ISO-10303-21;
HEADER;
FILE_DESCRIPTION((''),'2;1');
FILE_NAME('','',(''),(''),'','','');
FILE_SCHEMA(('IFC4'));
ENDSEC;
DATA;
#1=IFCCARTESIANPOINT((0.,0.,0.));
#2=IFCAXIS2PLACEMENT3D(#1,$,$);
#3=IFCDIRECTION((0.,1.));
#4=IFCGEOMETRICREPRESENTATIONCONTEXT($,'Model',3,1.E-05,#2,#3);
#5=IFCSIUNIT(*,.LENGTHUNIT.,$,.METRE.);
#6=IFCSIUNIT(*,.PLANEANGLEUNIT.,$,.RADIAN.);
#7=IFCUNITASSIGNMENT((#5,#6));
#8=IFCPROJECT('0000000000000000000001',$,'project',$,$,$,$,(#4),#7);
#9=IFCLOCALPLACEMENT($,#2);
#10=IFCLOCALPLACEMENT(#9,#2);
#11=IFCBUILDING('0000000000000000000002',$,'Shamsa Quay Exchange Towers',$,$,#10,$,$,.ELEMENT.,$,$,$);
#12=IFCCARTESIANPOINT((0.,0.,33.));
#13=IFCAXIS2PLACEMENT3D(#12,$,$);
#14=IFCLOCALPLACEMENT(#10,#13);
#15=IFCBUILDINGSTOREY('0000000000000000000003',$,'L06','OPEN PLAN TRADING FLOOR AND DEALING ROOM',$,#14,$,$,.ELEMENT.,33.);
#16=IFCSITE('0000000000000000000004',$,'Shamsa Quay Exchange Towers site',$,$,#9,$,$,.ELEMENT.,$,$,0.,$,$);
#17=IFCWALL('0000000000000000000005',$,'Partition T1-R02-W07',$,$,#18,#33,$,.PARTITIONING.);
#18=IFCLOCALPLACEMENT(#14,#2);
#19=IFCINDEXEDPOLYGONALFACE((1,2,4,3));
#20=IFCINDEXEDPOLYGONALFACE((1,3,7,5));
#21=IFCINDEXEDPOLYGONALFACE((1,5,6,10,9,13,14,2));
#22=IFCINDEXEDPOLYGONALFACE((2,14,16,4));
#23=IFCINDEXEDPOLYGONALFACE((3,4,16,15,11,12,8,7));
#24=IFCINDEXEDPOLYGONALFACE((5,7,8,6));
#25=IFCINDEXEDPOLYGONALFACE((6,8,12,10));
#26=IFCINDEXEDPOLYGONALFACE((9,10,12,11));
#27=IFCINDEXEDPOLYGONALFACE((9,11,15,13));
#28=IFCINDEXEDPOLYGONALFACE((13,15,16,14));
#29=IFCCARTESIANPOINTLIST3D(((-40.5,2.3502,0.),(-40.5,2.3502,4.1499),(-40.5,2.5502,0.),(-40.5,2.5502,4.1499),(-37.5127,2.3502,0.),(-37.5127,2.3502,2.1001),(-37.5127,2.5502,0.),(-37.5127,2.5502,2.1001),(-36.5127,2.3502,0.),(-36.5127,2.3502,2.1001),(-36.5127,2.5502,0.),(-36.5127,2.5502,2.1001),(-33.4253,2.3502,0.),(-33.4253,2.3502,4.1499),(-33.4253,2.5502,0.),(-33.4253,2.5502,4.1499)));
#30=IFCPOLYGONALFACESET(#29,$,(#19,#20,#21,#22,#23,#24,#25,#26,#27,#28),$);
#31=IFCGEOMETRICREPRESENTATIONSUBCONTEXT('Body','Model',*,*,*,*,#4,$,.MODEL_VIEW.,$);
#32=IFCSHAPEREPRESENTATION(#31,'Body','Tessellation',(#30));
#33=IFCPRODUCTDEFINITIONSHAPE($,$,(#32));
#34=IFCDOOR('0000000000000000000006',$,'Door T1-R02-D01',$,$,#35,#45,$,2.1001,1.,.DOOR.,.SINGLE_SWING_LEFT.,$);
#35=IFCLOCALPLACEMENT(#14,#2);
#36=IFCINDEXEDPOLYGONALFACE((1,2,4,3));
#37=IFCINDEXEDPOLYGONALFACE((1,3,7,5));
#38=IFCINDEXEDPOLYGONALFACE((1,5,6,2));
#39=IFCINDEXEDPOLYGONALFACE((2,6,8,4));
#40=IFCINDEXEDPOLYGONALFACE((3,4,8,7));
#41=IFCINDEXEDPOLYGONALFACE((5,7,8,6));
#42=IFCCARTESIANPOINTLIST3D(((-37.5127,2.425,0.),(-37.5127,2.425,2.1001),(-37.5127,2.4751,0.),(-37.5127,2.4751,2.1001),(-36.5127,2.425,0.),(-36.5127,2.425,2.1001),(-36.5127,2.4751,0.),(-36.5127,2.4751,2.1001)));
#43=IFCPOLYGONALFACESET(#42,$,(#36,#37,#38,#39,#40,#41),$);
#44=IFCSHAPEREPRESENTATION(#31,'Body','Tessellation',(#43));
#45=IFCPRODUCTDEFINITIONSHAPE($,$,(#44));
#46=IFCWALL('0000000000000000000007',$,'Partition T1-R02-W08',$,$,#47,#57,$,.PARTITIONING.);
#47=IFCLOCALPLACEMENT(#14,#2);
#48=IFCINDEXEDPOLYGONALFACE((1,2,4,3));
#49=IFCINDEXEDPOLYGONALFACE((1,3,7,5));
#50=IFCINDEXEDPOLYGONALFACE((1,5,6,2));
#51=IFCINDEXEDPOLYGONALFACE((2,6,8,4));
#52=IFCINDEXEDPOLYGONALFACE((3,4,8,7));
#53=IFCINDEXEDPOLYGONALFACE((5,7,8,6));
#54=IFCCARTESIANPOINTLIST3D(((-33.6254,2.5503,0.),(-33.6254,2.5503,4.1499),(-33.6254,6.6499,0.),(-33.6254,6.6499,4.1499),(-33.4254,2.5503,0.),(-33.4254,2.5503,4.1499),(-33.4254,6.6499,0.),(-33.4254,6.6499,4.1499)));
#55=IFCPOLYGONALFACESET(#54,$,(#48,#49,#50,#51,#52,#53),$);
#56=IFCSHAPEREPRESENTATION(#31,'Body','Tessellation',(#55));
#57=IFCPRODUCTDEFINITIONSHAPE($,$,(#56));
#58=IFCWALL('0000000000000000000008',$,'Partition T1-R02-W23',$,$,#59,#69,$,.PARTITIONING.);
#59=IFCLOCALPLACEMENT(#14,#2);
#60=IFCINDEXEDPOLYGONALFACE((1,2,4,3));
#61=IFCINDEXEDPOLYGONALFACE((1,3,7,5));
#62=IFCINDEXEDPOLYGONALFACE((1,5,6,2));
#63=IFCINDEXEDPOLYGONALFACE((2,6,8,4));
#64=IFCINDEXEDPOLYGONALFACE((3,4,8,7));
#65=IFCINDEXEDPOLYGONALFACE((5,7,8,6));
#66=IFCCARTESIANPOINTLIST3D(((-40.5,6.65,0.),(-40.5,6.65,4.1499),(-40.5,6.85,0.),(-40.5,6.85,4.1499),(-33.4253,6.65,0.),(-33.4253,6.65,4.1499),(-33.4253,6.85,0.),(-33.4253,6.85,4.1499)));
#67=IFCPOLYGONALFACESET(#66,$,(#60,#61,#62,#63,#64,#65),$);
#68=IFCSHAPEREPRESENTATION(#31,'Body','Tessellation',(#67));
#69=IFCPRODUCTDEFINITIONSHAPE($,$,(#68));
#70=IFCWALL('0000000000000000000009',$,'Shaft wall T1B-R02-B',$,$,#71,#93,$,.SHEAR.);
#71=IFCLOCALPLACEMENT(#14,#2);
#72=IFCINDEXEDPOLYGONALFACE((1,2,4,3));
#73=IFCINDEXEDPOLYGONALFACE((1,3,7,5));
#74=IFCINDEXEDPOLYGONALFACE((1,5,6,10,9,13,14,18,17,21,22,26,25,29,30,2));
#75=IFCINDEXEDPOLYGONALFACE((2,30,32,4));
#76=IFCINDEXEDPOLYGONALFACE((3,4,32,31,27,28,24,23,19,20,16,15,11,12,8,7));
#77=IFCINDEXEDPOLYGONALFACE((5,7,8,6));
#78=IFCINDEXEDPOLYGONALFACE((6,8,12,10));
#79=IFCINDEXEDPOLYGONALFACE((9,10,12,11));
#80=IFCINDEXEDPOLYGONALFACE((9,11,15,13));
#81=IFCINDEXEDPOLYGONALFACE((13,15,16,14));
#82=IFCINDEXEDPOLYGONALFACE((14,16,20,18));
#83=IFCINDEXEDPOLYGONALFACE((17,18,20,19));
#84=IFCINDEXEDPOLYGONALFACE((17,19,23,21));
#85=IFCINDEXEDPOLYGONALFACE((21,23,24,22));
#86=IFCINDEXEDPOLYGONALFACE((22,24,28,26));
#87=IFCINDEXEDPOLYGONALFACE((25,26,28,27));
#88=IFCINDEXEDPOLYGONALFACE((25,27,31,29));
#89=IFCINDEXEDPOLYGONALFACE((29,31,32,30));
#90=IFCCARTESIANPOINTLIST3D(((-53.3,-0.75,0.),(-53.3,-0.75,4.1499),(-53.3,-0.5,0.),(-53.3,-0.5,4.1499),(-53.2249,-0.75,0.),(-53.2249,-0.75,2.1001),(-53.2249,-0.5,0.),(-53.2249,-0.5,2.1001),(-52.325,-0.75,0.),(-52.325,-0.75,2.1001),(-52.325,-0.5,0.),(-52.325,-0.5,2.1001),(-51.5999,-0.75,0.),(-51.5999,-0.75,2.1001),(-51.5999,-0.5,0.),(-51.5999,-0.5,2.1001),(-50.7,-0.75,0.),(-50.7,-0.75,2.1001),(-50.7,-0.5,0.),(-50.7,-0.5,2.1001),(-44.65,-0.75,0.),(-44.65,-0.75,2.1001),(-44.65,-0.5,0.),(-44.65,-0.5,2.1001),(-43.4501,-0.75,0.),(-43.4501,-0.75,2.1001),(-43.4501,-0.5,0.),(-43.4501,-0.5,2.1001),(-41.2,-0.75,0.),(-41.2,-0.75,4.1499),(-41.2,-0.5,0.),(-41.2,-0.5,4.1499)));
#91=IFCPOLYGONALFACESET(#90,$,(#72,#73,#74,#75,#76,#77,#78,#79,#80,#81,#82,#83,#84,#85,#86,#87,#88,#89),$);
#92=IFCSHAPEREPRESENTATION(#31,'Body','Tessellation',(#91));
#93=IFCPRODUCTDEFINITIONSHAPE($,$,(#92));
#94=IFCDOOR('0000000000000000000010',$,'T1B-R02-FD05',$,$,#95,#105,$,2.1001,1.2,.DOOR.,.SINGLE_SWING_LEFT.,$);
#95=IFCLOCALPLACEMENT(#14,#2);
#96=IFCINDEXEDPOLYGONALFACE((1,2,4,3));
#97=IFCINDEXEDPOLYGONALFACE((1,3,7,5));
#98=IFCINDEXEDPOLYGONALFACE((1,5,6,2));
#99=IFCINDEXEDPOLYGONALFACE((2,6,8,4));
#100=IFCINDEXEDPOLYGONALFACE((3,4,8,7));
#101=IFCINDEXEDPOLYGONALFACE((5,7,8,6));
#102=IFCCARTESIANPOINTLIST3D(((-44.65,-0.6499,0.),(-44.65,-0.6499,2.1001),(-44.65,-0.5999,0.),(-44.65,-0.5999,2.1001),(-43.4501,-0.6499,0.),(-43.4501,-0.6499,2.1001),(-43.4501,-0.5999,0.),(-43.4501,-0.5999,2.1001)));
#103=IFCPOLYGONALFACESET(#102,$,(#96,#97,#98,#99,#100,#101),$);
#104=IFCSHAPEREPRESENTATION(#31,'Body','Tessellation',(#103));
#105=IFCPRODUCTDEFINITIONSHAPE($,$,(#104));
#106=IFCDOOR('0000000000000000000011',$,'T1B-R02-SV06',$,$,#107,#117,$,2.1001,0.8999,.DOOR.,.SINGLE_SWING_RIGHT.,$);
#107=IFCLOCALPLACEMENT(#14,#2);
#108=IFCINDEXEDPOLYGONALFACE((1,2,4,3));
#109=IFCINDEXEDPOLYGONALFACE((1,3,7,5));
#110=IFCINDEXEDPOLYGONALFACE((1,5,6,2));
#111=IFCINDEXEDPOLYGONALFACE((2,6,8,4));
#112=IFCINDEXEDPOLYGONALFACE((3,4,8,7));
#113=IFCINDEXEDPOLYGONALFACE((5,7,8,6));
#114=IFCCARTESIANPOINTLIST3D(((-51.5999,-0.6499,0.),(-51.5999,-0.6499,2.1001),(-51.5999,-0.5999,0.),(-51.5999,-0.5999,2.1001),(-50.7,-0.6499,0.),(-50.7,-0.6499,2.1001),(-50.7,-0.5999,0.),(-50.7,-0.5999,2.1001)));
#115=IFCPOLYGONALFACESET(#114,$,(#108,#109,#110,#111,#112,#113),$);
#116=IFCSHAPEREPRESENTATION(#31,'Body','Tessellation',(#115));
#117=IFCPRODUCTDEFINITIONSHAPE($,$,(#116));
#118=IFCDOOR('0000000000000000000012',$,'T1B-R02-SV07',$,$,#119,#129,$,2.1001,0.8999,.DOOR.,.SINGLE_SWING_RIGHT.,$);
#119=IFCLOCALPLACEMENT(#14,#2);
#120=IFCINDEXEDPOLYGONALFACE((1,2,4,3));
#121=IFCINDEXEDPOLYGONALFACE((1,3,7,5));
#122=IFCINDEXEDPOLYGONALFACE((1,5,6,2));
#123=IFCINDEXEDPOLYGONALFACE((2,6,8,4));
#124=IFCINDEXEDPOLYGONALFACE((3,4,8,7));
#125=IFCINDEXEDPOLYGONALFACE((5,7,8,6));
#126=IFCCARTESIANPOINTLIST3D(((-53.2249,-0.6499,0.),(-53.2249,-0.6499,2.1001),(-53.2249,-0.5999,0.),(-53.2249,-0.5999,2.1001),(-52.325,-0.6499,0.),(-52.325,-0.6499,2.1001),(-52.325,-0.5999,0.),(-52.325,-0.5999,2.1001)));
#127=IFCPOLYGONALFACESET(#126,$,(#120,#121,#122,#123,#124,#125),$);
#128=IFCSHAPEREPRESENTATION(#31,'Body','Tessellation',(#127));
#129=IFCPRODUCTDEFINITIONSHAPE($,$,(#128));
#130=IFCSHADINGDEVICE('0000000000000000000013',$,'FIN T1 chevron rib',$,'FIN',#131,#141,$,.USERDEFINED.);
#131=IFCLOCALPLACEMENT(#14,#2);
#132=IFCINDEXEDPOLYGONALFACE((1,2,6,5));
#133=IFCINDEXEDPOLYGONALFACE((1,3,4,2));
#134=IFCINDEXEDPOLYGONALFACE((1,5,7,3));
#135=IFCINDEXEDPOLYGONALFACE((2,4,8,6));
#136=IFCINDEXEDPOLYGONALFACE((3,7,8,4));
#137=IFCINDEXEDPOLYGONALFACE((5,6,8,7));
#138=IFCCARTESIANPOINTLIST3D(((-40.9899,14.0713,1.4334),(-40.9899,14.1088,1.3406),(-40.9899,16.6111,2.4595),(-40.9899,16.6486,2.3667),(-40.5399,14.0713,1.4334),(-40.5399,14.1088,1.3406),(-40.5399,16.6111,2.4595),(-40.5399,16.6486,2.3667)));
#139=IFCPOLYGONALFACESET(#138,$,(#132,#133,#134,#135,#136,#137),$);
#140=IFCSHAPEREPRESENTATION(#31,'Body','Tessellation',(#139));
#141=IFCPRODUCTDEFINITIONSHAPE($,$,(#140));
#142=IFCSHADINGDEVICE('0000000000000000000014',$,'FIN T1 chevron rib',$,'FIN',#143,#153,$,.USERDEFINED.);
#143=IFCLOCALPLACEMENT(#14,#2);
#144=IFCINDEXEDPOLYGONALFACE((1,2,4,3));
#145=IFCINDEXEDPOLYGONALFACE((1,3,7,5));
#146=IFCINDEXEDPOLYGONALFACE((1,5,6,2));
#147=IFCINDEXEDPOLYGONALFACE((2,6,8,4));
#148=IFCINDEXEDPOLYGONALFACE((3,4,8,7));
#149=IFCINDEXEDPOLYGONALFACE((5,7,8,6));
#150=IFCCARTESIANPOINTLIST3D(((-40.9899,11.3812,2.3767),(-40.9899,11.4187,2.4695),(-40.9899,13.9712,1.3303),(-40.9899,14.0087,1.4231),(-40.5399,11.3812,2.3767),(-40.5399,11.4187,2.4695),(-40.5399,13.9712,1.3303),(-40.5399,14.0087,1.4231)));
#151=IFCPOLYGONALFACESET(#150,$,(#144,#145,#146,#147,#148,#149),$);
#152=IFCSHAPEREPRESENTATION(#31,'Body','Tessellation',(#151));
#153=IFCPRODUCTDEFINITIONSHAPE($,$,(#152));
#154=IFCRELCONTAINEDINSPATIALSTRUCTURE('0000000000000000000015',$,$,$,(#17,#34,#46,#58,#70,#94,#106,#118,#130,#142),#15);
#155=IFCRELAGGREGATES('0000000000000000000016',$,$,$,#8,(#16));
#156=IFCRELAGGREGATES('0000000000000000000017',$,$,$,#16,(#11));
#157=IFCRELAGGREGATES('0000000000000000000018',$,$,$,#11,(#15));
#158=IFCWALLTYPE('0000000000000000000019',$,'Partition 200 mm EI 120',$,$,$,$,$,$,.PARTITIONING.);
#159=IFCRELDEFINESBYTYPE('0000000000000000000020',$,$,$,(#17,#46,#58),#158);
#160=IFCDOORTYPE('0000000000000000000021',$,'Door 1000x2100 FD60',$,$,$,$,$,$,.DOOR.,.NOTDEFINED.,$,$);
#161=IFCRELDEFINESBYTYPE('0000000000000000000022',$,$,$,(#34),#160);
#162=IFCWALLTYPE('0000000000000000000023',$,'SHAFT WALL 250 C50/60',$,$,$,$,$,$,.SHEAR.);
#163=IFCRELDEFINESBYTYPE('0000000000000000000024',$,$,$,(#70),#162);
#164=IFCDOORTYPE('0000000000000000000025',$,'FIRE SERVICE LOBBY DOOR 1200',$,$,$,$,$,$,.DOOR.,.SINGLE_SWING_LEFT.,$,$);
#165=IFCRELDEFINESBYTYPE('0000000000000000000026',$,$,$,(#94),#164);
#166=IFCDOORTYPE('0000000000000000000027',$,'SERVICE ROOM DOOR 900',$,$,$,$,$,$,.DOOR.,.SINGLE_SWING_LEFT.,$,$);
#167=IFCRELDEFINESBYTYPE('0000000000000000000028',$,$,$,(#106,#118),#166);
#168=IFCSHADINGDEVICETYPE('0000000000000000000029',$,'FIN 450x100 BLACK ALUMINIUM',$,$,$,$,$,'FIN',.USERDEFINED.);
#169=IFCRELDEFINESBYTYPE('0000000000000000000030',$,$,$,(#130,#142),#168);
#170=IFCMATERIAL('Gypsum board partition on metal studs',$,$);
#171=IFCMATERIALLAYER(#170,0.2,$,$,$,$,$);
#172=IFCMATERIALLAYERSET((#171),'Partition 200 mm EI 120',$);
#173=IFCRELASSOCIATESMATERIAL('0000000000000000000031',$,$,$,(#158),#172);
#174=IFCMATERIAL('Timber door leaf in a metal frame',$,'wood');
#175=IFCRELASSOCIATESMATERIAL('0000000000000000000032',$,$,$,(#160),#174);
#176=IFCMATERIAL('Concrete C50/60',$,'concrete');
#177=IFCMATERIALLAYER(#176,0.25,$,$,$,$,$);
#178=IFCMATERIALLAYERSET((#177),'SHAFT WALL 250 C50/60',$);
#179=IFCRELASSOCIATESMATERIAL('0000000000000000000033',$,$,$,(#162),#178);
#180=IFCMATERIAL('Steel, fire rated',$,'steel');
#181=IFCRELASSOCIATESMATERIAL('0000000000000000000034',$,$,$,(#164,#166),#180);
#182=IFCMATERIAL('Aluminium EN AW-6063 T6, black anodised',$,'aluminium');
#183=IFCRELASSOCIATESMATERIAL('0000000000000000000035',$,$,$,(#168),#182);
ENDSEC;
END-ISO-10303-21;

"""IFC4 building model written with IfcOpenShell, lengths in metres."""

from ifc_helpers import new_model, si_unit, direction, frame, frame_2d, origin, origin_2d, place, context, subcontext, project, spatial, rectangle, extrude, material, layer, layer_set, material_profile, profile_set, type_object, element, fill, save


model = new_model("IFC4")

# Units and contexts
model_context = context("Model", 3, precision=1e-05, world=origin(), true_north=direction((0.0, 1.0)))
body_context = subcontext(model_context, "Body", "Model", "MODEL_VIEW")
ifc_project = project(units=[si_unit("LENGTHUNIT", "METRE"), si_unit("PLANEANGLEUNIT", "RADIAN")], contexts=[model_context])

# Site, building, storey
site_placement = place(None, origin())
site = spatial("IfcSite", under=ifc_project, at=site_placement, Name="Shamsa Quay Exchange Towers site", CompositionType="ELEMENT", RefElevation=0.0)
building_placement = place(site_placement, origin())
building = spatial("IfcBuilding", under=site, at=building_placement, Name="Shamsa Quay Exchange Towers", CompositionType="ELEMENT")
storey_placement = place(building_placement, frame((0.0, 0.0, 33.0)))
storey = spatial("IfcBuildingStorey", under=building, at=storey_placement, Name="L06", Description="OPEN PLAN TRADING FLOOR AND DEALING ROOM", CompositionType="ELEMENT", Elevation=33.0)

# Shared definitions
ifc_material_1 = material(Name="Aluminium EN AW-6063 T6, black anodised", Category="aluminium")

# Shared definitions
ifc_material_2 = material(Name="Timber door leaf in a metal frame", Category="wood")

# Wall, opening, door
ifc_material_3 = material(Name="Gypsum board partition on metal studs")
ifc_layer_1 = layer(ifc_material_3, 0.2)
ifc_layer_set_1 = layer_set([ifc_layer_1], Name="Partition 200 mm EI 120")
wall_type_1 = type_object("IfcWallType", Name="Partition 200 mm EI 120", PredefinedType="PARTITIONING", material=ifc_layer_set_1)
wall_1_placement = place(storey_placement, frame((-40.5, 2.4502, 0.0)))
wall_1 = element("IfcWall", 1, at=wall_1_placement, inside=storey, type_object=wall_type_1, Name="Partition T1-R02-W07", PredefinedType="PARTITIONING", context=body_context, shape_type="SweptSolid", body=[
    extrude(rectangle(XDim=7.0747, YDim=0.2, at=frame_2d((3.5374, 0.0))), origin(), (0.0, 0.0, 1.0), 4.1499),
])
opening_1_placement = place(wall_1_placement, frame((2.9873, 0.0, 0.0)))
opening_1 = element("IfcOpeningElement", 2, at=opening_1_placement, cuts=wall_1, PredefinedType="OPENING", context=body_context, shape_type="SweptSolid", body=[
    extrude(rectangle(XDim=1.0, YDim=2.1001, at=frame_2d((0.5, 1.05))), frame((0.0, 0.1099, 0.0), z_axis=(0.0, -1.0, 0.0), x_axis=(1.0, 0.0, 0.0)), (0.0, 0.0, 1.0), 0.22),
])
door_type_1 = type_object("IfcDoorType", Name="Door 1000x2100 FD60", OperationType="NOTDEFINED", PredefinedType="DOOR", material=ifc_material_2)
door_1_placement = place(opening_1_placement, origin())
door_1 = element("IfcDoor", 3, at=door_1_placement, inside=storey, type_object=door_type_1, Name="Door T1-R02-D01", OperationType="SINGLE_SWING_LEFT", OverallHeight=2.1001, OverallWidth=1.0, PredefinedType="DOOR", context=body_context, shape_type="SweptSolid", body=[
    extrude(rectangle(XDim=1.0, YDim=2.1001, at=frame_2d((0.5, 1.05))), frame((0.0, 0.0249, 0.0), z_axis=(0.0, -1.0, 0.0), x_axis=(1.0, 0.0, 0.0)), (0.0, 0.0, 1.0), 0.05),
])
fill(opening_1, door_1)

# Walls
wall_2_placement = place(storey_placement, frame((-33.5254, 2.5503, 0.0), z_axis=(0.0, 0.0, 1.0), x_axis=(0.0, 1.0, 0.0)))
element("IfcWall", 4, at=wall_2_placement, inside=storey, type_object=wall_type_1, Name="Partition T1-R02-W08", PredefinedType="PARTITIONING", context=body_context, shape_type="SweptSolid", body=[
    extrude(rectangle(XDim=4.0996, YDim=0.2, at=frame_2d((2.0498, 0.0))), origin(), (0.0, 0.0, 1.0), 4.1499),
])
wall_3_placement = place(storey_placement, frame((-33.4253, 6.75, 0.0), z_axis=(0.0, 0.0, 1.0), x_axis=(-1.0, 0.0, 0.0)))
element("IfcWall", 5, at=wall_3_placement, inside=storey, type_object=wall_type_1, Name="Partition T1-R02-W23", PredefinedType="PARTITIONING", context=body_context, shape_type="SweptSolid", body=[
    extrude(rectangle(XDim=7.0747, YDim=0.2, at=frame_2d((3.5374, 0.0))), origin(), (0.0, 0.0, 1.0), 4.1499),
])

# Wall, openings, doors
ifc_material_4 = material(Name="Concrete C50/60", Category="concrete")
ifc_layer_2 = layer(ifc_material_4, 0.25)
ifc_layer_set_2 = layer_set([ifc_layer_2], Name="SHAFT WALL 250 C50/60")
wall_type_2 = type_object("IfcWallType", Name="SHAFT WALL 250 C50/60", PredefinedType="SHEAR", material=ifc_layer_set_2)
wall_4_placement = place(storey_placement, frame((-41.2, -0.625, 0.0), z_axis=(0.0, 0.0, 1.0), x_axis=(-1.0, 0.0, 0.0)))
wall_4 = element("IfcWall", 6, at=wall_4_placement, inside=storey, type_object=wall_type_2, Name="Shaft wall T1B-R02-B", PredefinedType="SHEAR", context=body_context, shape_type="SweptSolid", body=[
    extrude(rectangle(XDim=12.1001, YDim=0.25, at=frame_2d((6.05, 0.0))), origin(), (0.0, 0.0, 1.0), 4.1499),
])
opening_2_placement = place(wall_4_placement, frame((2.25, 0.0, 0.0)))
opening_2 = element("IfcOpeningElement", 7, at=opening_2_placement, cuts=wall_4, PredefinedType="OPENING", context=body_context, shape_type="SweptSolid", body=[
    extrude(rectangle(XDim=1.2, YDim=2.1001, at=frame_2d((0.6001, 1.05))), frame((0.0, 0.135, 0.0), z_axis=(0.0, -1.0, 0.0), x_axis=(1.0, 0.0, 0.0)), (0.0, 0.0, 1.0), 0.27),
])
opening_3_placement = place(wall_4_placement, frame((9.5, 0.0, 0.0)))
opening_3 = element("IfcOpeningElement", 8, at=opening_3_placement, cuts=wall_4, PredefinedType="OPENING", context=body_context, shape_type="SweptSolid", body=[
    extrude(rectangle(XDim=0.8999, YDim=2.1001, at=frame_2d((0.45, 1.05))), frame((0.0, 0.135, 0.0), z_axis=(0.0, -1.0, 0.0), x_axis=(1.0, 0.0, 0.0)), (0.0, 0.0, 1.0), 0.27),
])
opening_4_placement = place(wall_4_placement, frame((11.125, 0.0, 0.0)))
opening_4 = element("IfcOpeningElement", 9, at=opening_4_placement, cuts=wall_4, PredefinedType="OPENING", context=body_context, shape_type="SweptSolid", body=[
    extrude(rectangle(XDim=0.8999, YDim=2.1001, at=frame_2d((0.45, 1.05))), frame((0.0, 0.135, 0.0), z_axis=(0.0, -1.0, 0.0), x_axis=(1.0, 0.0, 0.0)), (0.0, 0.0, 1.0), 0.27),
])
ifc_material_5 = material(Name="Steel, fire rated", Category="steel")
door_type_2 = type_object("IfcDoorType", Name="FIRE SERVICE LOBBY DOOR 1200", OperationType="SINGLE_SWING_LEFT", PredefinedType="DOOR", material=ifc_material_5)
door_2_placement = place(opening_2_placement, origin())
door_2 = element("IfcDoor", 10, at=door_2_placement, inside=storey, type_object=door_type_2, Name="T1B-R02-FD05", OperationType="SINGLE_SWING_LEFT", OverallHeight=2.1001, OverallWidth=1.2, PredefinedType="DOOR", context=body_context, shape_type="SweptSolid", body=[
    extrude(rectangle(XDim=1.2, YDim=2.1001, at=frame_2d((0.6001, 1.05))), frame((0.0, 0.0249, 0.0), z_axis=(0.0, -1.0, 0.0), x_axis=(1.0, 0.0, 0.0)), (0.0, 0.0, 1.0), 0.05),
])
fill(opening_2, door_2)
door_type_3 = type_object("IfcDoorType", Name="SERVICE ROOM DOOR 900", OperationType="SINGLE_SWING_LEFT", PredefinedType="DOOR", material=ifc_material_5)
door_3_placement = place(opening_3_placement, origin())
door_3 = element("IfcDoor", 11, at=door_3_placement, inside=storey, type_object=door_type_3, Name="T1B-R02-SV06", OperationType="SINGLE_SWING_RIGHT", OverallHeight=2.1001, OverallWidth=0.8999, PredefinedType="DOOR", context=body_context, shape_type="SweptSolid", body=[
    extrude(rectangle(XDim=0.8999, YDim=2.1001, at=frame_2d((0.45, 1.05))), frame((0.0, 0.0249, 0.0), z_axis=(0.0, -1.0, 0.0), x_axis=(1.0, 0.0, 0.0)), (0.0, 0.0, 1.0), 0.05),
])
fill(opening_3, door_3)
door_4_placement = place(opening_4_placement, origin())
door_4 = element("IfcDoor", 12, at=door_4_placement, inside=storey, type_object=door_type_3, Name="T1B-R02-SV07", OperationType="SINGLE_SWING_RIGHT", OverallHeight=2.1001, OverallWidth=0.8999, PredefinedType="DOOR", context=body_context, shape_type="SweptSolid", body=[
    extrude(rectangle(XDim=0.8999, YDim=2.1001, at=frame_2d((0.45, 1.05))), frame((0.0, 0.0249, 0.0), z_axis=(0.0, -1.0, 0.0), x_axis=(1.0, 0.0, 0.0)), (0.0, 0.0, 1.0), 0.05),
])
fill(opening_4, door_4)

# Shading devices
ifc_material_profile_1 = material_profile(ifc_material_1, rectangle(XDim=0.45, YDim=0.1001, at=origin_2d()), Name="FIN450x100")
ifc_profile_set_1 = profile_set([ifc_material_profile_1], Name="Aluminium EN AW-6063 T6, black anodised")
shading_device_type = type_object("IfcShadingDeviceType", Name="FIN 450x100 BLACK ALUMINIUM", ElementType="FIN", PredefinedType="USERDEFINED", material=ifc_profile_set_1)
shading_device_1_placement = place(storey_placement, frame((-40.7649, 16.6299, 2.4131), z_axis=(0.0, -0.927186, -0.3746), x_axis=(1.0, 0.0, 0.0)))
element("IfcShadingDevice", 13, at=shading_device_1_placement, inside=storey, type_object=shading_device_type, Name="FIN T1 chevron rib", ObjectType="FIN", PredefinedType="USERDEFINED", context=body_context, shape_type="SweptSolid", body=[
    extrude(rectangle(XDim=0.45, YDim=0.1001, at=origin_2d()), origin(), (0.0, 0.0, 1.0), 2.7393),
])
shading_device_2_placement = place(storey_placement, frame((-40.7649, 13.99, 1.3767), z_axis=(0.0, -0.927193, 0.374583), x_axis=(1.0, 0.0, 0.0)))
element("IfcShadingDevice", 14, at=shading_device_2_placement, inside=storey, type_object=shading_device_type, Name="FIN T1 chevron rib", ObjectType="FIN", PredefinedType="USERDEFINED", context=body_context, shape_type="SweptSolid", body=[
    extrude(rectangle(XDim=0.45, YDim=0.1001, at=origin_2d()), origin(), (0.0, 0.0, 1.0), 2.7935),
])

save(model, "model.ifc")
